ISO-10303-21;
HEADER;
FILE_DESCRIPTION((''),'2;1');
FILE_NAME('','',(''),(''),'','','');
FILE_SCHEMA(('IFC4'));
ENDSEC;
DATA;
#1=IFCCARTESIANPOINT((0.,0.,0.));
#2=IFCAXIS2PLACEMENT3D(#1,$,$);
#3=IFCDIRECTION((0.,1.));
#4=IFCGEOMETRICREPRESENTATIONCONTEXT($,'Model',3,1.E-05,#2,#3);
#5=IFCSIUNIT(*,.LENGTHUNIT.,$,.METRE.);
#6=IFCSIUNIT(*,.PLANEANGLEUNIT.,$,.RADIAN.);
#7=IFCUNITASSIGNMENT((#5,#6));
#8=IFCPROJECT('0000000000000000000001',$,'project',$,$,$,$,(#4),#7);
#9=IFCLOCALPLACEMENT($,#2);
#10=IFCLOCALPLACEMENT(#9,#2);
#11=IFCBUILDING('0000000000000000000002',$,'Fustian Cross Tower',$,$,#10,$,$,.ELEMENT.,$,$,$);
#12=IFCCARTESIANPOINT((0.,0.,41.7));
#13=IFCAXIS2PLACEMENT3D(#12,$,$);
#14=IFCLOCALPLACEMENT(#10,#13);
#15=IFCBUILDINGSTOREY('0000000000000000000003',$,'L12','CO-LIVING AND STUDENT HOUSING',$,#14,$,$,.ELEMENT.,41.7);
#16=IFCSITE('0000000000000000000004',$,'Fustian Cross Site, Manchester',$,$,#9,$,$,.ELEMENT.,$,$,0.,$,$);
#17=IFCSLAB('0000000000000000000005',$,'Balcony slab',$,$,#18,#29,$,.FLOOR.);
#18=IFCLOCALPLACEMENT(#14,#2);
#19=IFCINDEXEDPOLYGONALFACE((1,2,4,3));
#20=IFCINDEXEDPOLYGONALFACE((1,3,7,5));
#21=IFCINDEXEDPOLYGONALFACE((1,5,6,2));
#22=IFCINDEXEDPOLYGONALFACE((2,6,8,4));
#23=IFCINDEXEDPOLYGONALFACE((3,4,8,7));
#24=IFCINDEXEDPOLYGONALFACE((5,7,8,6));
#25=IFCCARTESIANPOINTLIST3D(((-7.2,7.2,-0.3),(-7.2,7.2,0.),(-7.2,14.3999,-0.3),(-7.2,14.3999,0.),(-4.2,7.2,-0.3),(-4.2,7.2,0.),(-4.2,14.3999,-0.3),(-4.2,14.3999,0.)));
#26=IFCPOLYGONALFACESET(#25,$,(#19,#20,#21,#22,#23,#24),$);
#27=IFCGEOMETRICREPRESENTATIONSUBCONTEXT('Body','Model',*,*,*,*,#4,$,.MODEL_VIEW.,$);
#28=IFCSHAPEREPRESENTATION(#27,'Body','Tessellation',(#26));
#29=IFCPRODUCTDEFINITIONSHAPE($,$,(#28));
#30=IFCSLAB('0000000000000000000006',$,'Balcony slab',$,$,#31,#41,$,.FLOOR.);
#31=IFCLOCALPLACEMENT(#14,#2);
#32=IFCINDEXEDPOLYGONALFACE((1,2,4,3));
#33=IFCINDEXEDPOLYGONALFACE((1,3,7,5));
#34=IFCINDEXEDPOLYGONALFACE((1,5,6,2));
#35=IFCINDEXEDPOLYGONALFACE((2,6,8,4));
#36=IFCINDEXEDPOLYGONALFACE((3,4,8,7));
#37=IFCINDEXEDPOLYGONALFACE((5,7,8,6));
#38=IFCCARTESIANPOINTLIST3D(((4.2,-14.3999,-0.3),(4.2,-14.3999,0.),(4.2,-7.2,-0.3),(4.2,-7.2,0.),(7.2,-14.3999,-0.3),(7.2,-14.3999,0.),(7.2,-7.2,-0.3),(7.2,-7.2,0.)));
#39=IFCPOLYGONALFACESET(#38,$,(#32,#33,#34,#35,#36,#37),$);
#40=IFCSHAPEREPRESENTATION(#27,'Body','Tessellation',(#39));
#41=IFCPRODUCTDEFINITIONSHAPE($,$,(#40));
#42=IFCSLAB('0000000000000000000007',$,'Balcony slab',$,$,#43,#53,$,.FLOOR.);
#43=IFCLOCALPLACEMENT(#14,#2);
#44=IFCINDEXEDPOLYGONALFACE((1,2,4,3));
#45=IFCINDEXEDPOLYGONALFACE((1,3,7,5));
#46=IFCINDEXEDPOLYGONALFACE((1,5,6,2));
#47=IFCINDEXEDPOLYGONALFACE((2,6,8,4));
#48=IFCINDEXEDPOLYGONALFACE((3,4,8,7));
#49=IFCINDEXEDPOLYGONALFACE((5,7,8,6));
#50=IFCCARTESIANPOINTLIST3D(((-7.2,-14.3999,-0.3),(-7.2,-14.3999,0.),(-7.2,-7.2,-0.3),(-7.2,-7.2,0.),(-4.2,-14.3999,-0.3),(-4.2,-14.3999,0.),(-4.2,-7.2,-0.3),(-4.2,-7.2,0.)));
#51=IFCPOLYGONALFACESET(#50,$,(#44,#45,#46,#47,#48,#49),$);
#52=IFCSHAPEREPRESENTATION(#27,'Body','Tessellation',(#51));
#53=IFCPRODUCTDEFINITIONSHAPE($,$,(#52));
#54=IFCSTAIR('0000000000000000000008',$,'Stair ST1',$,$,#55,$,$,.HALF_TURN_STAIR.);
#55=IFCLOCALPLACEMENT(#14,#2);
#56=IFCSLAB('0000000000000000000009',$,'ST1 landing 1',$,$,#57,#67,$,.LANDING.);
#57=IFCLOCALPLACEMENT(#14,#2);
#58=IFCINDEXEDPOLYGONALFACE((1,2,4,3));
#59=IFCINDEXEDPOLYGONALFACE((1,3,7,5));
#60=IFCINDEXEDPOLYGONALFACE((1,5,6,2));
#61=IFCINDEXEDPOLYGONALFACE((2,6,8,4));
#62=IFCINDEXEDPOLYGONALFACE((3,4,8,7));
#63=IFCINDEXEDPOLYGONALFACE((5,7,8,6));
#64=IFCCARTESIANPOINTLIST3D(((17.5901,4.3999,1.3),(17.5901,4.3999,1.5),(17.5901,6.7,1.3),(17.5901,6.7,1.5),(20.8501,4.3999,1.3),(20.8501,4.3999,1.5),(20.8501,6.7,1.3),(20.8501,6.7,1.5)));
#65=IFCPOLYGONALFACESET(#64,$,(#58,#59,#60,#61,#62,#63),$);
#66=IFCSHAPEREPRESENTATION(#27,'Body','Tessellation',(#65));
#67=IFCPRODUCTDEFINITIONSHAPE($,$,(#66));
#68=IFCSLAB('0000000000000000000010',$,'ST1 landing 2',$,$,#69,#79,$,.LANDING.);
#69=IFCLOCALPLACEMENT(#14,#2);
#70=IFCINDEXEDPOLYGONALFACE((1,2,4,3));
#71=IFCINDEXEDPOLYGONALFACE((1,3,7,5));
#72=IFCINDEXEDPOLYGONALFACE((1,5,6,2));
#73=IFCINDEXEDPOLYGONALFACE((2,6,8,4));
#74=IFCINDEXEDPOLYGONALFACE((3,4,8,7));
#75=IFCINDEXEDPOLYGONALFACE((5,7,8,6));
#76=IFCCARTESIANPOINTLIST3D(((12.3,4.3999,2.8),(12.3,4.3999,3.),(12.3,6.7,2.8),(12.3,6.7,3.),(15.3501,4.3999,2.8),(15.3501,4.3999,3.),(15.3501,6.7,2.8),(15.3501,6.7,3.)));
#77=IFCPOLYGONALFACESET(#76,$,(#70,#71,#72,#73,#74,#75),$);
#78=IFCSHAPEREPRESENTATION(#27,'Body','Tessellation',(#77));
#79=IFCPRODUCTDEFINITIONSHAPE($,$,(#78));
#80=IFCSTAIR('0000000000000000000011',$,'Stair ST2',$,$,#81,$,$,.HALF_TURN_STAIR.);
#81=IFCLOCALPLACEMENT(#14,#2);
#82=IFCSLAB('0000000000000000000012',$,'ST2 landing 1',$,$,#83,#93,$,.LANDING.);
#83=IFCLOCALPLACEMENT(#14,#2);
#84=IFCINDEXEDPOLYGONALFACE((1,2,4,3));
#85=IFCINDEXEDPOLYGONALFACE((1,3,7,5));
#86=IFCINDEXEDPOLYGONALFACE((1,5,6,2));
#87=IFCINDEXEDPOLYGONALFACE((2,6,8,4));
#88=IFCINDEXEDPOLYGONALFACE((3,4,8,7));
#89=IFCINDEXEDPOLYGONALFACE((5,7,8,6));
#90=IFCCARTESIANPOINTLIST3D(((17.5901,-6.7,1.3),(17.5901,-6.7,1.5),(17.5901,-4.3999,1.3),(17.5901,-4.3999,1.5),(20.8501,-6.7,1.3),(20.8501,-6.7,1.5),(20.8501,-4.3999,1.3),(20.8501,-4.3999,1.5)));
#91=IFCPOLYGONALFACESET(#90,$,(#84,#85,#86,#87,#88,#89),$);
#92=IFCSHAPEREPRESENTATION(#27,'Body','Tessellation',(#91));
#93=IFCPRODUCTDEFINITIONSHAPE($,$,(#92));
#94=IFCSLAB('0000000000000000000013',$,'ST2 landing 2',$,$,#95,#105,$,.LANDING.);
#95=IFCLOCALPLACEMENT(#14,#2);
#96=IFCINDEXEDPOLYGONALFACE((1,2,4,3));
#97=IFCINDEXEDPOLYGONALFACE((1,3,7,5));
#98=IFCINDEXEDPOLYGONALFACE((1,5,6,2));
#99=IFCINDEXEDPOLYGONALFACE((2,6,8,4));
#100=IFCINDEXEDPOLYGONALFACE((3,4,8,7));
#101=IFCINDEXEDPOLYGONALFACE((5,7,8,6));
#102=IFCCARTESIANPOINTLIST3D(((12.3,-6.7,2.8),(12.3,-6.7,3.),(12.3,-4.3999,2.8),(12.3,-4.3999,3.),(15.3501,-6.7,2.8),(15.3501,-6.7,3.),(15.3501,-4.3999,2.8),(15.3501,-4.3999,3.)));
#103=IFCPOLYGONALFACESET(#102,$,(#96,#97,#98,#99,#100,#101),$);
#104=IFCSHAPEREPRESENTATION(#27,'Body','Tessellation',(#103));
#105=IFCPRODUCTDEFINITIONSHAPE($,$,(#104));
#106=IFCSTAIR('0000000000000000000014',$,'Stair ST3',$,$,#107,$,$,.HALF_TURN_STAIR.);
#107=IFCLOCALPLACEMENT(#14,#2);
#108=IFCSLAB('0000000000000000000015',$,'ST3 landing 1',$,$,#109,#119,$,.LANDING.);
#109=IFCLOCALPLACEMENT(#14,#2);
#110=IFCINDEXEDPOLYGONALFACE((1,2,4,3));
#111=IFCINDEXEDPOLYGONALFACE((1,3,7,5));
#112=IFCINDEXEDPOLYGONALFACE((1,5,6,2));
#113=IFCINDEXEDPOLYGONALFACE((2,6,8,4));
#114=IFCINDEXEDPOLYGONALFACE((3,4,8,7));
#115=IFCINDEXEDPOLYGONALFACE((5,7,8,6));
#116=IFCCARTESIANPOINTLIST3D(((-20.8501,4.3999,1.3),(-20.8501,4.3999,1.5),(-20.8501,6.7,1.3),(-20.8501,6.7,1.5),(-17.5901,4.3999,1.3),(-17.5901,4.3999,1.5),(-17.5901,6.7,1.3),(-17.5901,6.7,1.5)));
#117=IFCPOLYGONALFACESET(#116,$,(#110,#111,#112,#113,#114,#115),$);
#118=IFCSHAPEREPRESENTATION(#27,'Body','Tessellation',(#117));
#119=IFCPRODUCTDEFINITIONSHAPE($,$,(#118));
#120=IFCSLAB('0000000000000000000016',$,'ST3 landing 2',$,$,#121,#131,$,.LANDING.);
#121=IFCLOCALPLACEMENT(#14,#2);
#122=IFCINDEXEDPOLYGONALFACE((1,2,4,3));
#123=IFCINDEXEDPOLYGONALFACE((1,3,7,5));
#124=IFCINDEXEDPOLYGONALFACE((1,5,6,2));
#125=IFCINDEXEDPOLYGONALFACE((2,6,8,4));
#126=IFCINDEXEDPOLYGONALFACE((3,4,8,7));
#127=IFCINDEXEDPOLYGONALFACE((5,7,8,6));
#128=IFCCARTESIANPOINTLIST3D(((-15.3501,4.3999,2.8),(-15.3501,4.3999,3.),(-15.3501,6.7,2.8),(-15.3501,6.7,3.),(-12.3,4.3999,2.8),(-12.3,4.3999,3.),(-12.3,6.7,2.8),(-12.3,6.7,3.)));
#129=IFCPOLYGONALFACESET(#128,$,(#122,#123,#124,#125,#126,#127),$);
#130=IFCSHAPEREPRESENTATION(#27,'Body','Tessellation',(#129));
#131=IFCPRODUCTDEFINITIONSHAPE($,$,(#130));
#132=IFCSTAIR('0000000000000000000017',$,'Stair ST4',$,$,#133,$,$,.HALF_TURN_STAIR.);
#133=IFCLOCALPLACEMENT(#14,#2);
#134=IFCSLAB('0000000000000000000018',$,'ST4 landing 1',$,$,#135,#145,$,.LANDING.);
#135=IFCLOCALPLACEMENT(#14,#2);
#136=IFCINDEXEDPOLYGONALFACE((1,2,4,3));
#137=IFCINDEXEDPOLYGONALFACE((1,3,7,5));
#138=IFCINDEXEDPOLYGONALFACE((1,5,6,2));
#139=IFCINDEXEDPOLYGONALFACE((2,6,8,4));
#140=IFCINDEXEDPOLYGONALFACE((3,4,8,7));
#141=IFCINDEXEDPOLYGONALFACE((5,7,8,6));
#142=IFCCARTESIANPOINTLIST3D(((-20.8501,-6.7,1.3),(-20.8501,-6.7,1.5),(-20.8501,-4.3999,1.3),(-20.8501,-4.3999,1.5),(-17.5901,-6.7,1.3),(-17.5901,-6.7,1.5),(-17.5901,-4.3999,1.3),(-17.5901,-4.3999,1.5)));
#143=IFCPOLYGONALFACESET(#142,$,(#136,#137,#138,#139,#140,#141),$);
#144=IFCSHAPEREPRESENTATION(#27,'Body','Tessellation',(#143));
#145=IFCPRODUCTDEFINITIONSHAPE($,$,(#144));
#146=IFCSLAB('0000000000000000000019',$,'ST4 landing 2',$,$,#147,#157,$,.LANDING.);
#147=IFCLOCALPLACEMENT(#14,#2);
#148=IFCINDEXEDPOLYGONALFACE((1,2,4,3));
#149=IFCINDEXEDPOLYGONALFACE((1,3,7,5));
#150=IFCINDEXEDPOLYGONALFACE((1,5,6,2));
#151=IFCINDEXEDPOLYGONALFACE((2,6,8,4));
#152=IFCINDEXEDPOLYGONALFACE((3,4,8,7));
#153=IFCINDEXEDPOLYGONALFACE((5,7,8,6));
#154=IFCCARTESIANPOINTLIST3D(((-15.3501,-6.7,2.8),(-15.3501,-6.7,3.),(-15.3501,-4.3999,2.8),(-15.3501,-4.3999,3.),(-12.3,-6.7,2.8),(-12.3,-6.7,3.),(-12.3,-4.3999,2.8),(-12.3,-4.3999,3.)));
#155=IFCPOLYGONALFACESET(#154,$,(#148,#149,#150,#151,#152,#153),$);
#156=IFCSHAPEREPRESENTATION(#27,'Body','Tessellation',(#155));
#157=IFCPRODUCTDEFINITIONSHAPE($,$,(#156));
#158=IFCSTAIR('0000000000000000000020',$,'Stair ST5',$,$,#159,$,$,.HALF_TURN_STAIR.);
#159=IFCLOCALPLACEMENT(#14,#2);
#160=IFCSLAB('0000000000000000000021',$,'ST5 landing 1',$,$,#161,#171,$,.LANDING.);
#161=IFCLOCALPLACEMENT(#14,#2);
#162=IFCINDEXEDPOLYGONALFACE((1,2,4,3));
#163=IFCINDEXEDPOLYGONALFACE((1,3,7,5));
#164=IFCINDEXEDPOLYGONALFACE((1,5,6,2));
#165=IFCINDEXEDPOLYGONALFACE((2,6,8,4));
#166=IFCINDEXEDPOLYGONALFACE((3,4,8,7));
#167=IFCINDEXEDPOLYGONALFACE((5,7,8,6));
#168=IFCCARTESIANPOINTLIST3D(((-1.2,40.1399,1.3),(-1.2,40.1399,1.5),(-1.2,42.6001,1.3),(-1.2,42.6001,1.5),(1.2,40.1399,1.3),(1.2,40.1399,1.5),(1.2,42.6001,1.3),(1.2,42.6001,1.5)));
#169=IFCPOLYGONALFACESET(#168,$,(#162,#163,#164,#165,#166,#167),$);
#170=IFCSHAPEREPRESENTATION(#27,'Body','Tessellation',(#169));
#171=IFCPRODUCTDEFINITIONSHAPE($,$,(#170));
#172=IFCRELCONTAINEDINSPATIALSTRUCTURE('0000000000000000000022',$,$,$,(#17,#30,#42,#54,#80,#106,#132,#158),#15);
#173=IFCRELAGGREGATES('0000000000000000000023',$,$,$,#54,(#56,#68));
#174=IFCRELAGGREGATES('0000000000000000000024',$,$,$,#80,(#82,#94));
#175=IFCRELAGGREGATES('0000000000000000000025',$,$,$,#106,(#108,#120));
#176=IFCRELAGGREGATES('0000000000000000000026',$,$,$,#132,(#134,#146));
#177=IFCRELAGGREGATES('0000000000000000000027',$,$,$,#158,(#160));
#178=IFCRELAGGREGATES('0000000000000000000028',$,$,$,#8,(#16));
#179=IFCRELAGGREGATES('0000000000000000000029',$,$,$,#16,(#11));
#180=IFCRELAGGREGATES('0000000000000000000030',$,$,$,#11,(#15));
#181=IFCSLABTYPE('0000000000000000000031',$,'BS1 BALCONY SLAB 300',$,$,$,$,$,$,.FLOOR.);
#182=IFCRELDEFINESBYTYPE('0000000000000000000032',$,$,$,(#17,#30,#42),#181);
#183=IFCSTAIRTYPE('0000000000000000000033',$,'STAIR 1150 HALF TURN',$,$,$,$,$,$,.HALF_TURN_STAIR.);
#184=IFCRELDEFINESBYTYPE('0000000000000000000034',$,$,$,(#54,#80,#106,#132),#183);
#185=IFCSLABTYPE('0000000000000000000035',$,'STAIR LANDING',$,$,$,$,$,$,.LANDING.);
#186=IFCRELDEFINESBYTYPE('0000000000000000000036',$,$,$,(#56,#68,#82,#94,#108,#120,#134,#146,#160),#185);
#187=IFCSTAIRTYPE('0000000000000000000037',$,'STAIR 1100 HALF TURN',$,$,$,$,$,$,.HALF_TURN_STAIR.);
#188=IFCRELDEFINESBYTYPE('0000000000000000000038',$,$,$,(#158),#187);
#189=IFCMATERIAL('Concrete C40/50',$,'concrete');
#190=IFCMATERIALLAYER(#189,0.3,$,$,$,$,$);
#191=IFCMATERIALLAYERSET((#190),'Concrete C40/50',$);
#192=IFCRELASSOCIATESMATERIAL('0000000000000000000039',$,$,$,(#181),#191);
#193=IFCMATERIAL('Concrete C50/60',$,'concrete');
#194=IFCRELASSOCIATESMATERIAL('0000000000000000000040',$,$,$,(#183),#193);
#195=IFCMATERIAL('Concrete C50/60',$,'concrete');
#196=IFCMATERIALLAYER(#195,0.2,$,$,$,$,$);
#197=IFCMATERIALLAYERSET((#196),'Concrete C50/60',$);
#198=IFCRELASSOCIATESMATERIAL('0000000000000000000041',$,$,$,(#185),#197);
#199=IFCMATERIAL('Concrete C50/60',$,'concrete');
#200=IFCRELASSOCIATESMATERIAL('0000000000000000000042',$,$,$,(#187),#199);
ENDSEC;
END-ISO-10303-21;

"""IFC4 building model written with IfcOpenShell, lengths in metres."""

from ifc_helpers import new_model, si_unit, direction, frame, origin, place, context, subcontext, project, spatial, polyline, outline, extrude, material, layer, layer_set, type_object, element, aggregate, save


model = new_model("IFC4")

# Units and contexts
model_context = context("Model", 3, precision=1e-05, world=origin(), true_north=direction((0.0, 1.0)))
body_context = subcontext(model_context, "Body", "Model", "MODEL_VIEW")
ifc_project = project(units=[si_unit("LENGTHUNIT", "METRE"), si_unit("PLANEANGLEUNIT", "RADIAN")], contexts=[model_context])

# Site, building, storey
site_placement = place(None, origin())
site = spatial("IfcSite", under=ifc_project, at=site_placement, Name="Fustian Cross Site, Manchester", CompositionType="ELEMENT", RefElevation=0.0)
building_placement = place(site_placement, origin())
building = spatial("IfcBuilding", under=site, at=building_placement, Name="Fustian Cross Tower", CompositionType="ELEMENT")
storey_placement = place(building_placement, frame((0.0, 0.0, 41.7)))
storey = spatial("IfcBuildingStorey", under=building, at=storey_placement, Name="L12", Description="CO-LIVING AND STUDENT HOUSING", CompositionType="ELEMENT", Elevation=41.7)

# Slabs
ifc_material_1 = material(Name="Concrete C40/50", Category="concrete")
ifc_layer_1 = layer(ifc_material_1, 0.3)
ifc_layer_set_1 = layer_set([ifc_layer_1], Name="Concrete C40/50")
slab_type_1 = type_object("IfcSlabType", Name="BS1 BALCONY SLAB 300", PredefinedType="FLOOR", material=ifc_layer_set_1)
slab_1_placement = place(storey_placement, frame((0.0, 0.0, -0.3)))
element("IfcSlab", 1, at=slab_1_placement, inside=storey, type_object=slab_type_1, Name="Balcony slab", PredefinedType="FLOOR", context=body_context, shape_type="SweptSolid", body=[
    extrude(outline(polyline([(-7.2, 7.2), (-4.2, 7.2), (-4.2, 14.3999), (-7.2, 14.3999), (-7.2, 7.2)])), origin(), (0.0, 0.0, 1.0), 0.3),
])
slab_2_placement = place(storey_placement, frame((0.0, 0.0, -0.3)))
element("IfcSlab", 2, at=slab_2_placement, inside=storey, type_object=slab_type_1, Name="Balcony slab", PredefinedType="FLOOR", context=body_context, shape_type="SweptSolid", body=[
    extrude(outline(polyline([(4.2, -14.3999), (7.2, -14.3999), (7.2, -7.2), (4.2, -7.2), (4.2, -14.3999)])), origin(), (0.0, 0.0, 1.0), 0.3),
])
slab_3_placement = place(storey_placement, frame((0.0, 0.0, -0.3)))
element("IfcSlab", 3, at=slab_3_placement, inside=storey, type_object=slab_type_1, Name="Balcony slab", PredefinedType="FLOOR", context=body_context, shape_type="SweptSolid", body=[
    extrude(outline(polyline([(-7.2, -14.3999), (-4.2, -14.3999), (-4.2, -7.2), (-7.2, -7.2), (-7.2, -14.3999)])), origin(), (0.0, 0.0, 1.0), 0.3),
])

# Stairs, slabs
ifc_material_2 = material(Name="Concrete C50/60", Category="concrete")
stair_type_1 = type_object("IfcStairType", Name="STAIR 1150 HALF TURN", PredefinedType="HALF_TURN_STAIR", material=ifc_material_2)
stair_1_placement = place(storey_placement, origin())
stair_1 = element("IfcStair", 4, at=stair_1_placement, inside=storey, type_object=stair_type_1, Name="Stair ST1", PredefinedType="HALF_TURN_STAIR")
ifc_material_3 = material(Name="Concrete C50/60", Category="concrete")
ifc_layer_2 = layer(ifc_material_3, 0.2)
ifc_layer_set_2 = layer_set([ifc_layer_2], Name="Concrete C50/60")
slab_type_2 = type_object("IfcSlabType", Name="STAIR LANDING", PredefinedType="LANDING", material=ifc_layer_set_2)
slab_4_placement = place(storey_placement, frame((0.0, 0.0, 1.3)))
slab_4 = element("IfcSlab", 5, at=slab_4_placement, type_object=slab_type_2, Name="ST1 landing 1", PredefinedType="LANDING", context=body_context, shape_type="SweptSolid", body=[
    extrude(outline(polyline([(17.5901, 4.3999), (20.8501, 4.3999), (20.8501, 6.7), (17.5901, 6.7), (17.5901, 4.3999)])), origin(), (0.0, 0.0, 1.0), 0.2),
])
slab_5_placement = place(storey_placement, frame((0.0, 0.0, 2.8)))
slab_5 = element("IfcSlab", 6, at=slab_5_placement, type_object=slab_type_2, Name="ST1 landing 2", PredefinedType="LANDING", context=body_context, shape_type="SweptSolid", body=[
    extrude(outline(polyline([(12.3, 4.3999), (15.3501, 4.3999), (15.3501, 6.7), (12.3, 6.7), (12.3, 4.3999)])), origin(), (0.0, 0.0, 1.0), 0.2),
])
aggregate(stair_1, [slab_4, slab_5])
stair_2_placement = place(storey_placement, origin())
stair_2 = element("IfcStair", 7, at=stair_2_placement, inside=storey, type_object=stair_type_1, Name="Stair ST2", PredefinedType="HALF_TURN_STAIR")
slab_6_placement = place(storey_placement, frame((0.0, 0.0, 1.3)))
slab_6 = element("IfcSlab", 8, at=slab_6_placement, type_object=slab_type_2, Name="ST2 landing 1", PredefinedType="LANDING", context=body_context, shape_type="SweptSolid", body=[
    extrude(outline(polyline([(17.5901, -4.3999), (20.8501, -4.3999), (20.8501, -6.7), (17.5901, -6.7), (17.5901, -4.3999)])), origin(), (0.0, 0.0, 1.0), 0.2),
])
slab_7_placement = place(storey_placement, frame((0.0, 0.0, 2.8)))
slab_7 = element("IfcSlab", 9, at=slab_7_placement, type_object=slab_type_2, Name="ST2 landing 2", PredefinedType="LANDING", context=body_context, shape_type="SweptSolid", body=[
    extrude(outline(polyline([(12.3, -4.3999), (15.3501, -4.3999), (15.3501, -6.7), (12.3, -6.7), (12.3, -4.3999)])), origin(), (0.0, 0.0, 1.0), 0.2),
])
aggregate(stair_2, [slab_6, slab_7])
stair_3_placement = place(storey_placement, origin())
stair_3 = element("IfcStair", 10, at=stair_3_placement, inside=storey, type_object=stair_type_1, Name="Stair ST3", PredefinedType="HALF_TURN_STAIR")
slab_8_placement = place(storey_placement, frame((0.0, 0.0, 1.3)))
slab_8 = element("IfcSlab", 11, at=slab_8_placement, type_object=slab_type_2, Name="ST3 landing 1", PredefinedType="LANDING", context=body_context, shape_type="SweptSolid", body=[
    extrude(outline(polyline([(-17.5901, 4.3999), (-20.8501, 4.3999), (-20.8501, 6.7), (-17.5901, 6.7), (-17.5901, 4.3999)])), origin(), (0.0, 0.0, 1.0), 0.2),
])
slab_9_placement = place(storey_placement, frame((0.0, 0.0, 2.8)))
slab_9 = element("IfcSlab", 12, at=slab_9_placement, type_object=slab_type_2, Name="ST3 landing 2", PredefinedType="LANDING", context=body_context, shape_type="SweptSolid", body=[
    extrude(outline(polyline([(-12.3, 4.3999), (-15.3501, 4.3999), (-15.3501, 6.7), (-12.3, 6.7), (-12.3, 4.3999)])), origin(), (0.0, 0.0, 1.0), 0.2),
])
aggregate(stair_3, [slab_8, slab_9])
stair_4_placement = place(storey_placement, origin())
stair_4 = element("IfcStair", 13, at=stair_4_placement, inside=storey, type_object=stair_type_1, Name="Stair ST4", PredefinedType="HALF_TURN_STAIR")
slab_10_placement = place(storey_placement, frame((0.0, 0.0, 1.3)))
slab_10 = element("IfcSlab", 14, at=slab_10_placement, type_object=slab_type_2, Name="ST4 landing 1", PredefinedType="LANDING", context=body_context, shape_type="SweptSolid", body=[
    extrude(outline(polyline([(-17.5901, -4.3999), (-20.8501, -4.3999), (-20.8501, -6.7), (-17.5901, -6.7), (-17.5901, -4.3999)])), origin(), (0.0, 0.0, 1.0), 0.2),
])
slab_11_placement = place(storey_placement, frame((0.0, 0.0, 2.8)))
slab_11 = element("IfcSlab", 15, at=slab_11_placement, type_object=slab_type_2, Name="ST4 landing 2", PredefinedType="LANDING", context=body_context, shape_type="SweptSolid", body=[
    extrude(outline(polyline([(-12.3, -4.3999), (-15.3501, -4.3999), (-15.3501, -6.7), (-12.3, -6.7), (-12.3, -4.3999)])), origin(), (0.0, 0.0, 1.0), 0.2),
])
aggregate(stair_4, [slab_10, slab_11])

# Stair, slab
ifc_material_4 = material(Name="Concrete C50/60", Category="concrete")
stair_type_2 = type_object("IfcStairType", Name="STAIR 1100 HALF TURN", PredefinedType="HALF_TURN_STAIR", material=ifc_material_4)
stair_5_placement = place(storey_placement, origin())
stair_5 = element("IfcStair", 16, at=stair_5_placement, inside=storey, type_object=stair_type_2, Name="Stair ST5", PredefinedType="HALF_TURN_STAIR")
slab_12_placement = place(storey_placement, frame((0.0, 0.0, 1.3)))
slab_12 = element("IfcSlab", 17, at=slab_12_placement, type_object=slab_type_2, Name="ST5 landing 1", PredefinedType="LANDING", context=body_context, shape_type="SweptSolid", body=[
    extrude(outline(polyline([(-1.2, 40.1399), (-1.2, 42.6001), (1.2, 42.6001), (1.2, 40.1399), (-1.2, 40.1399)])), origin(), (0.0, 0.0, 1.0), 0.2),
])
aggregate(stair_5, [slab_12])

save(model, "model.ifc")
